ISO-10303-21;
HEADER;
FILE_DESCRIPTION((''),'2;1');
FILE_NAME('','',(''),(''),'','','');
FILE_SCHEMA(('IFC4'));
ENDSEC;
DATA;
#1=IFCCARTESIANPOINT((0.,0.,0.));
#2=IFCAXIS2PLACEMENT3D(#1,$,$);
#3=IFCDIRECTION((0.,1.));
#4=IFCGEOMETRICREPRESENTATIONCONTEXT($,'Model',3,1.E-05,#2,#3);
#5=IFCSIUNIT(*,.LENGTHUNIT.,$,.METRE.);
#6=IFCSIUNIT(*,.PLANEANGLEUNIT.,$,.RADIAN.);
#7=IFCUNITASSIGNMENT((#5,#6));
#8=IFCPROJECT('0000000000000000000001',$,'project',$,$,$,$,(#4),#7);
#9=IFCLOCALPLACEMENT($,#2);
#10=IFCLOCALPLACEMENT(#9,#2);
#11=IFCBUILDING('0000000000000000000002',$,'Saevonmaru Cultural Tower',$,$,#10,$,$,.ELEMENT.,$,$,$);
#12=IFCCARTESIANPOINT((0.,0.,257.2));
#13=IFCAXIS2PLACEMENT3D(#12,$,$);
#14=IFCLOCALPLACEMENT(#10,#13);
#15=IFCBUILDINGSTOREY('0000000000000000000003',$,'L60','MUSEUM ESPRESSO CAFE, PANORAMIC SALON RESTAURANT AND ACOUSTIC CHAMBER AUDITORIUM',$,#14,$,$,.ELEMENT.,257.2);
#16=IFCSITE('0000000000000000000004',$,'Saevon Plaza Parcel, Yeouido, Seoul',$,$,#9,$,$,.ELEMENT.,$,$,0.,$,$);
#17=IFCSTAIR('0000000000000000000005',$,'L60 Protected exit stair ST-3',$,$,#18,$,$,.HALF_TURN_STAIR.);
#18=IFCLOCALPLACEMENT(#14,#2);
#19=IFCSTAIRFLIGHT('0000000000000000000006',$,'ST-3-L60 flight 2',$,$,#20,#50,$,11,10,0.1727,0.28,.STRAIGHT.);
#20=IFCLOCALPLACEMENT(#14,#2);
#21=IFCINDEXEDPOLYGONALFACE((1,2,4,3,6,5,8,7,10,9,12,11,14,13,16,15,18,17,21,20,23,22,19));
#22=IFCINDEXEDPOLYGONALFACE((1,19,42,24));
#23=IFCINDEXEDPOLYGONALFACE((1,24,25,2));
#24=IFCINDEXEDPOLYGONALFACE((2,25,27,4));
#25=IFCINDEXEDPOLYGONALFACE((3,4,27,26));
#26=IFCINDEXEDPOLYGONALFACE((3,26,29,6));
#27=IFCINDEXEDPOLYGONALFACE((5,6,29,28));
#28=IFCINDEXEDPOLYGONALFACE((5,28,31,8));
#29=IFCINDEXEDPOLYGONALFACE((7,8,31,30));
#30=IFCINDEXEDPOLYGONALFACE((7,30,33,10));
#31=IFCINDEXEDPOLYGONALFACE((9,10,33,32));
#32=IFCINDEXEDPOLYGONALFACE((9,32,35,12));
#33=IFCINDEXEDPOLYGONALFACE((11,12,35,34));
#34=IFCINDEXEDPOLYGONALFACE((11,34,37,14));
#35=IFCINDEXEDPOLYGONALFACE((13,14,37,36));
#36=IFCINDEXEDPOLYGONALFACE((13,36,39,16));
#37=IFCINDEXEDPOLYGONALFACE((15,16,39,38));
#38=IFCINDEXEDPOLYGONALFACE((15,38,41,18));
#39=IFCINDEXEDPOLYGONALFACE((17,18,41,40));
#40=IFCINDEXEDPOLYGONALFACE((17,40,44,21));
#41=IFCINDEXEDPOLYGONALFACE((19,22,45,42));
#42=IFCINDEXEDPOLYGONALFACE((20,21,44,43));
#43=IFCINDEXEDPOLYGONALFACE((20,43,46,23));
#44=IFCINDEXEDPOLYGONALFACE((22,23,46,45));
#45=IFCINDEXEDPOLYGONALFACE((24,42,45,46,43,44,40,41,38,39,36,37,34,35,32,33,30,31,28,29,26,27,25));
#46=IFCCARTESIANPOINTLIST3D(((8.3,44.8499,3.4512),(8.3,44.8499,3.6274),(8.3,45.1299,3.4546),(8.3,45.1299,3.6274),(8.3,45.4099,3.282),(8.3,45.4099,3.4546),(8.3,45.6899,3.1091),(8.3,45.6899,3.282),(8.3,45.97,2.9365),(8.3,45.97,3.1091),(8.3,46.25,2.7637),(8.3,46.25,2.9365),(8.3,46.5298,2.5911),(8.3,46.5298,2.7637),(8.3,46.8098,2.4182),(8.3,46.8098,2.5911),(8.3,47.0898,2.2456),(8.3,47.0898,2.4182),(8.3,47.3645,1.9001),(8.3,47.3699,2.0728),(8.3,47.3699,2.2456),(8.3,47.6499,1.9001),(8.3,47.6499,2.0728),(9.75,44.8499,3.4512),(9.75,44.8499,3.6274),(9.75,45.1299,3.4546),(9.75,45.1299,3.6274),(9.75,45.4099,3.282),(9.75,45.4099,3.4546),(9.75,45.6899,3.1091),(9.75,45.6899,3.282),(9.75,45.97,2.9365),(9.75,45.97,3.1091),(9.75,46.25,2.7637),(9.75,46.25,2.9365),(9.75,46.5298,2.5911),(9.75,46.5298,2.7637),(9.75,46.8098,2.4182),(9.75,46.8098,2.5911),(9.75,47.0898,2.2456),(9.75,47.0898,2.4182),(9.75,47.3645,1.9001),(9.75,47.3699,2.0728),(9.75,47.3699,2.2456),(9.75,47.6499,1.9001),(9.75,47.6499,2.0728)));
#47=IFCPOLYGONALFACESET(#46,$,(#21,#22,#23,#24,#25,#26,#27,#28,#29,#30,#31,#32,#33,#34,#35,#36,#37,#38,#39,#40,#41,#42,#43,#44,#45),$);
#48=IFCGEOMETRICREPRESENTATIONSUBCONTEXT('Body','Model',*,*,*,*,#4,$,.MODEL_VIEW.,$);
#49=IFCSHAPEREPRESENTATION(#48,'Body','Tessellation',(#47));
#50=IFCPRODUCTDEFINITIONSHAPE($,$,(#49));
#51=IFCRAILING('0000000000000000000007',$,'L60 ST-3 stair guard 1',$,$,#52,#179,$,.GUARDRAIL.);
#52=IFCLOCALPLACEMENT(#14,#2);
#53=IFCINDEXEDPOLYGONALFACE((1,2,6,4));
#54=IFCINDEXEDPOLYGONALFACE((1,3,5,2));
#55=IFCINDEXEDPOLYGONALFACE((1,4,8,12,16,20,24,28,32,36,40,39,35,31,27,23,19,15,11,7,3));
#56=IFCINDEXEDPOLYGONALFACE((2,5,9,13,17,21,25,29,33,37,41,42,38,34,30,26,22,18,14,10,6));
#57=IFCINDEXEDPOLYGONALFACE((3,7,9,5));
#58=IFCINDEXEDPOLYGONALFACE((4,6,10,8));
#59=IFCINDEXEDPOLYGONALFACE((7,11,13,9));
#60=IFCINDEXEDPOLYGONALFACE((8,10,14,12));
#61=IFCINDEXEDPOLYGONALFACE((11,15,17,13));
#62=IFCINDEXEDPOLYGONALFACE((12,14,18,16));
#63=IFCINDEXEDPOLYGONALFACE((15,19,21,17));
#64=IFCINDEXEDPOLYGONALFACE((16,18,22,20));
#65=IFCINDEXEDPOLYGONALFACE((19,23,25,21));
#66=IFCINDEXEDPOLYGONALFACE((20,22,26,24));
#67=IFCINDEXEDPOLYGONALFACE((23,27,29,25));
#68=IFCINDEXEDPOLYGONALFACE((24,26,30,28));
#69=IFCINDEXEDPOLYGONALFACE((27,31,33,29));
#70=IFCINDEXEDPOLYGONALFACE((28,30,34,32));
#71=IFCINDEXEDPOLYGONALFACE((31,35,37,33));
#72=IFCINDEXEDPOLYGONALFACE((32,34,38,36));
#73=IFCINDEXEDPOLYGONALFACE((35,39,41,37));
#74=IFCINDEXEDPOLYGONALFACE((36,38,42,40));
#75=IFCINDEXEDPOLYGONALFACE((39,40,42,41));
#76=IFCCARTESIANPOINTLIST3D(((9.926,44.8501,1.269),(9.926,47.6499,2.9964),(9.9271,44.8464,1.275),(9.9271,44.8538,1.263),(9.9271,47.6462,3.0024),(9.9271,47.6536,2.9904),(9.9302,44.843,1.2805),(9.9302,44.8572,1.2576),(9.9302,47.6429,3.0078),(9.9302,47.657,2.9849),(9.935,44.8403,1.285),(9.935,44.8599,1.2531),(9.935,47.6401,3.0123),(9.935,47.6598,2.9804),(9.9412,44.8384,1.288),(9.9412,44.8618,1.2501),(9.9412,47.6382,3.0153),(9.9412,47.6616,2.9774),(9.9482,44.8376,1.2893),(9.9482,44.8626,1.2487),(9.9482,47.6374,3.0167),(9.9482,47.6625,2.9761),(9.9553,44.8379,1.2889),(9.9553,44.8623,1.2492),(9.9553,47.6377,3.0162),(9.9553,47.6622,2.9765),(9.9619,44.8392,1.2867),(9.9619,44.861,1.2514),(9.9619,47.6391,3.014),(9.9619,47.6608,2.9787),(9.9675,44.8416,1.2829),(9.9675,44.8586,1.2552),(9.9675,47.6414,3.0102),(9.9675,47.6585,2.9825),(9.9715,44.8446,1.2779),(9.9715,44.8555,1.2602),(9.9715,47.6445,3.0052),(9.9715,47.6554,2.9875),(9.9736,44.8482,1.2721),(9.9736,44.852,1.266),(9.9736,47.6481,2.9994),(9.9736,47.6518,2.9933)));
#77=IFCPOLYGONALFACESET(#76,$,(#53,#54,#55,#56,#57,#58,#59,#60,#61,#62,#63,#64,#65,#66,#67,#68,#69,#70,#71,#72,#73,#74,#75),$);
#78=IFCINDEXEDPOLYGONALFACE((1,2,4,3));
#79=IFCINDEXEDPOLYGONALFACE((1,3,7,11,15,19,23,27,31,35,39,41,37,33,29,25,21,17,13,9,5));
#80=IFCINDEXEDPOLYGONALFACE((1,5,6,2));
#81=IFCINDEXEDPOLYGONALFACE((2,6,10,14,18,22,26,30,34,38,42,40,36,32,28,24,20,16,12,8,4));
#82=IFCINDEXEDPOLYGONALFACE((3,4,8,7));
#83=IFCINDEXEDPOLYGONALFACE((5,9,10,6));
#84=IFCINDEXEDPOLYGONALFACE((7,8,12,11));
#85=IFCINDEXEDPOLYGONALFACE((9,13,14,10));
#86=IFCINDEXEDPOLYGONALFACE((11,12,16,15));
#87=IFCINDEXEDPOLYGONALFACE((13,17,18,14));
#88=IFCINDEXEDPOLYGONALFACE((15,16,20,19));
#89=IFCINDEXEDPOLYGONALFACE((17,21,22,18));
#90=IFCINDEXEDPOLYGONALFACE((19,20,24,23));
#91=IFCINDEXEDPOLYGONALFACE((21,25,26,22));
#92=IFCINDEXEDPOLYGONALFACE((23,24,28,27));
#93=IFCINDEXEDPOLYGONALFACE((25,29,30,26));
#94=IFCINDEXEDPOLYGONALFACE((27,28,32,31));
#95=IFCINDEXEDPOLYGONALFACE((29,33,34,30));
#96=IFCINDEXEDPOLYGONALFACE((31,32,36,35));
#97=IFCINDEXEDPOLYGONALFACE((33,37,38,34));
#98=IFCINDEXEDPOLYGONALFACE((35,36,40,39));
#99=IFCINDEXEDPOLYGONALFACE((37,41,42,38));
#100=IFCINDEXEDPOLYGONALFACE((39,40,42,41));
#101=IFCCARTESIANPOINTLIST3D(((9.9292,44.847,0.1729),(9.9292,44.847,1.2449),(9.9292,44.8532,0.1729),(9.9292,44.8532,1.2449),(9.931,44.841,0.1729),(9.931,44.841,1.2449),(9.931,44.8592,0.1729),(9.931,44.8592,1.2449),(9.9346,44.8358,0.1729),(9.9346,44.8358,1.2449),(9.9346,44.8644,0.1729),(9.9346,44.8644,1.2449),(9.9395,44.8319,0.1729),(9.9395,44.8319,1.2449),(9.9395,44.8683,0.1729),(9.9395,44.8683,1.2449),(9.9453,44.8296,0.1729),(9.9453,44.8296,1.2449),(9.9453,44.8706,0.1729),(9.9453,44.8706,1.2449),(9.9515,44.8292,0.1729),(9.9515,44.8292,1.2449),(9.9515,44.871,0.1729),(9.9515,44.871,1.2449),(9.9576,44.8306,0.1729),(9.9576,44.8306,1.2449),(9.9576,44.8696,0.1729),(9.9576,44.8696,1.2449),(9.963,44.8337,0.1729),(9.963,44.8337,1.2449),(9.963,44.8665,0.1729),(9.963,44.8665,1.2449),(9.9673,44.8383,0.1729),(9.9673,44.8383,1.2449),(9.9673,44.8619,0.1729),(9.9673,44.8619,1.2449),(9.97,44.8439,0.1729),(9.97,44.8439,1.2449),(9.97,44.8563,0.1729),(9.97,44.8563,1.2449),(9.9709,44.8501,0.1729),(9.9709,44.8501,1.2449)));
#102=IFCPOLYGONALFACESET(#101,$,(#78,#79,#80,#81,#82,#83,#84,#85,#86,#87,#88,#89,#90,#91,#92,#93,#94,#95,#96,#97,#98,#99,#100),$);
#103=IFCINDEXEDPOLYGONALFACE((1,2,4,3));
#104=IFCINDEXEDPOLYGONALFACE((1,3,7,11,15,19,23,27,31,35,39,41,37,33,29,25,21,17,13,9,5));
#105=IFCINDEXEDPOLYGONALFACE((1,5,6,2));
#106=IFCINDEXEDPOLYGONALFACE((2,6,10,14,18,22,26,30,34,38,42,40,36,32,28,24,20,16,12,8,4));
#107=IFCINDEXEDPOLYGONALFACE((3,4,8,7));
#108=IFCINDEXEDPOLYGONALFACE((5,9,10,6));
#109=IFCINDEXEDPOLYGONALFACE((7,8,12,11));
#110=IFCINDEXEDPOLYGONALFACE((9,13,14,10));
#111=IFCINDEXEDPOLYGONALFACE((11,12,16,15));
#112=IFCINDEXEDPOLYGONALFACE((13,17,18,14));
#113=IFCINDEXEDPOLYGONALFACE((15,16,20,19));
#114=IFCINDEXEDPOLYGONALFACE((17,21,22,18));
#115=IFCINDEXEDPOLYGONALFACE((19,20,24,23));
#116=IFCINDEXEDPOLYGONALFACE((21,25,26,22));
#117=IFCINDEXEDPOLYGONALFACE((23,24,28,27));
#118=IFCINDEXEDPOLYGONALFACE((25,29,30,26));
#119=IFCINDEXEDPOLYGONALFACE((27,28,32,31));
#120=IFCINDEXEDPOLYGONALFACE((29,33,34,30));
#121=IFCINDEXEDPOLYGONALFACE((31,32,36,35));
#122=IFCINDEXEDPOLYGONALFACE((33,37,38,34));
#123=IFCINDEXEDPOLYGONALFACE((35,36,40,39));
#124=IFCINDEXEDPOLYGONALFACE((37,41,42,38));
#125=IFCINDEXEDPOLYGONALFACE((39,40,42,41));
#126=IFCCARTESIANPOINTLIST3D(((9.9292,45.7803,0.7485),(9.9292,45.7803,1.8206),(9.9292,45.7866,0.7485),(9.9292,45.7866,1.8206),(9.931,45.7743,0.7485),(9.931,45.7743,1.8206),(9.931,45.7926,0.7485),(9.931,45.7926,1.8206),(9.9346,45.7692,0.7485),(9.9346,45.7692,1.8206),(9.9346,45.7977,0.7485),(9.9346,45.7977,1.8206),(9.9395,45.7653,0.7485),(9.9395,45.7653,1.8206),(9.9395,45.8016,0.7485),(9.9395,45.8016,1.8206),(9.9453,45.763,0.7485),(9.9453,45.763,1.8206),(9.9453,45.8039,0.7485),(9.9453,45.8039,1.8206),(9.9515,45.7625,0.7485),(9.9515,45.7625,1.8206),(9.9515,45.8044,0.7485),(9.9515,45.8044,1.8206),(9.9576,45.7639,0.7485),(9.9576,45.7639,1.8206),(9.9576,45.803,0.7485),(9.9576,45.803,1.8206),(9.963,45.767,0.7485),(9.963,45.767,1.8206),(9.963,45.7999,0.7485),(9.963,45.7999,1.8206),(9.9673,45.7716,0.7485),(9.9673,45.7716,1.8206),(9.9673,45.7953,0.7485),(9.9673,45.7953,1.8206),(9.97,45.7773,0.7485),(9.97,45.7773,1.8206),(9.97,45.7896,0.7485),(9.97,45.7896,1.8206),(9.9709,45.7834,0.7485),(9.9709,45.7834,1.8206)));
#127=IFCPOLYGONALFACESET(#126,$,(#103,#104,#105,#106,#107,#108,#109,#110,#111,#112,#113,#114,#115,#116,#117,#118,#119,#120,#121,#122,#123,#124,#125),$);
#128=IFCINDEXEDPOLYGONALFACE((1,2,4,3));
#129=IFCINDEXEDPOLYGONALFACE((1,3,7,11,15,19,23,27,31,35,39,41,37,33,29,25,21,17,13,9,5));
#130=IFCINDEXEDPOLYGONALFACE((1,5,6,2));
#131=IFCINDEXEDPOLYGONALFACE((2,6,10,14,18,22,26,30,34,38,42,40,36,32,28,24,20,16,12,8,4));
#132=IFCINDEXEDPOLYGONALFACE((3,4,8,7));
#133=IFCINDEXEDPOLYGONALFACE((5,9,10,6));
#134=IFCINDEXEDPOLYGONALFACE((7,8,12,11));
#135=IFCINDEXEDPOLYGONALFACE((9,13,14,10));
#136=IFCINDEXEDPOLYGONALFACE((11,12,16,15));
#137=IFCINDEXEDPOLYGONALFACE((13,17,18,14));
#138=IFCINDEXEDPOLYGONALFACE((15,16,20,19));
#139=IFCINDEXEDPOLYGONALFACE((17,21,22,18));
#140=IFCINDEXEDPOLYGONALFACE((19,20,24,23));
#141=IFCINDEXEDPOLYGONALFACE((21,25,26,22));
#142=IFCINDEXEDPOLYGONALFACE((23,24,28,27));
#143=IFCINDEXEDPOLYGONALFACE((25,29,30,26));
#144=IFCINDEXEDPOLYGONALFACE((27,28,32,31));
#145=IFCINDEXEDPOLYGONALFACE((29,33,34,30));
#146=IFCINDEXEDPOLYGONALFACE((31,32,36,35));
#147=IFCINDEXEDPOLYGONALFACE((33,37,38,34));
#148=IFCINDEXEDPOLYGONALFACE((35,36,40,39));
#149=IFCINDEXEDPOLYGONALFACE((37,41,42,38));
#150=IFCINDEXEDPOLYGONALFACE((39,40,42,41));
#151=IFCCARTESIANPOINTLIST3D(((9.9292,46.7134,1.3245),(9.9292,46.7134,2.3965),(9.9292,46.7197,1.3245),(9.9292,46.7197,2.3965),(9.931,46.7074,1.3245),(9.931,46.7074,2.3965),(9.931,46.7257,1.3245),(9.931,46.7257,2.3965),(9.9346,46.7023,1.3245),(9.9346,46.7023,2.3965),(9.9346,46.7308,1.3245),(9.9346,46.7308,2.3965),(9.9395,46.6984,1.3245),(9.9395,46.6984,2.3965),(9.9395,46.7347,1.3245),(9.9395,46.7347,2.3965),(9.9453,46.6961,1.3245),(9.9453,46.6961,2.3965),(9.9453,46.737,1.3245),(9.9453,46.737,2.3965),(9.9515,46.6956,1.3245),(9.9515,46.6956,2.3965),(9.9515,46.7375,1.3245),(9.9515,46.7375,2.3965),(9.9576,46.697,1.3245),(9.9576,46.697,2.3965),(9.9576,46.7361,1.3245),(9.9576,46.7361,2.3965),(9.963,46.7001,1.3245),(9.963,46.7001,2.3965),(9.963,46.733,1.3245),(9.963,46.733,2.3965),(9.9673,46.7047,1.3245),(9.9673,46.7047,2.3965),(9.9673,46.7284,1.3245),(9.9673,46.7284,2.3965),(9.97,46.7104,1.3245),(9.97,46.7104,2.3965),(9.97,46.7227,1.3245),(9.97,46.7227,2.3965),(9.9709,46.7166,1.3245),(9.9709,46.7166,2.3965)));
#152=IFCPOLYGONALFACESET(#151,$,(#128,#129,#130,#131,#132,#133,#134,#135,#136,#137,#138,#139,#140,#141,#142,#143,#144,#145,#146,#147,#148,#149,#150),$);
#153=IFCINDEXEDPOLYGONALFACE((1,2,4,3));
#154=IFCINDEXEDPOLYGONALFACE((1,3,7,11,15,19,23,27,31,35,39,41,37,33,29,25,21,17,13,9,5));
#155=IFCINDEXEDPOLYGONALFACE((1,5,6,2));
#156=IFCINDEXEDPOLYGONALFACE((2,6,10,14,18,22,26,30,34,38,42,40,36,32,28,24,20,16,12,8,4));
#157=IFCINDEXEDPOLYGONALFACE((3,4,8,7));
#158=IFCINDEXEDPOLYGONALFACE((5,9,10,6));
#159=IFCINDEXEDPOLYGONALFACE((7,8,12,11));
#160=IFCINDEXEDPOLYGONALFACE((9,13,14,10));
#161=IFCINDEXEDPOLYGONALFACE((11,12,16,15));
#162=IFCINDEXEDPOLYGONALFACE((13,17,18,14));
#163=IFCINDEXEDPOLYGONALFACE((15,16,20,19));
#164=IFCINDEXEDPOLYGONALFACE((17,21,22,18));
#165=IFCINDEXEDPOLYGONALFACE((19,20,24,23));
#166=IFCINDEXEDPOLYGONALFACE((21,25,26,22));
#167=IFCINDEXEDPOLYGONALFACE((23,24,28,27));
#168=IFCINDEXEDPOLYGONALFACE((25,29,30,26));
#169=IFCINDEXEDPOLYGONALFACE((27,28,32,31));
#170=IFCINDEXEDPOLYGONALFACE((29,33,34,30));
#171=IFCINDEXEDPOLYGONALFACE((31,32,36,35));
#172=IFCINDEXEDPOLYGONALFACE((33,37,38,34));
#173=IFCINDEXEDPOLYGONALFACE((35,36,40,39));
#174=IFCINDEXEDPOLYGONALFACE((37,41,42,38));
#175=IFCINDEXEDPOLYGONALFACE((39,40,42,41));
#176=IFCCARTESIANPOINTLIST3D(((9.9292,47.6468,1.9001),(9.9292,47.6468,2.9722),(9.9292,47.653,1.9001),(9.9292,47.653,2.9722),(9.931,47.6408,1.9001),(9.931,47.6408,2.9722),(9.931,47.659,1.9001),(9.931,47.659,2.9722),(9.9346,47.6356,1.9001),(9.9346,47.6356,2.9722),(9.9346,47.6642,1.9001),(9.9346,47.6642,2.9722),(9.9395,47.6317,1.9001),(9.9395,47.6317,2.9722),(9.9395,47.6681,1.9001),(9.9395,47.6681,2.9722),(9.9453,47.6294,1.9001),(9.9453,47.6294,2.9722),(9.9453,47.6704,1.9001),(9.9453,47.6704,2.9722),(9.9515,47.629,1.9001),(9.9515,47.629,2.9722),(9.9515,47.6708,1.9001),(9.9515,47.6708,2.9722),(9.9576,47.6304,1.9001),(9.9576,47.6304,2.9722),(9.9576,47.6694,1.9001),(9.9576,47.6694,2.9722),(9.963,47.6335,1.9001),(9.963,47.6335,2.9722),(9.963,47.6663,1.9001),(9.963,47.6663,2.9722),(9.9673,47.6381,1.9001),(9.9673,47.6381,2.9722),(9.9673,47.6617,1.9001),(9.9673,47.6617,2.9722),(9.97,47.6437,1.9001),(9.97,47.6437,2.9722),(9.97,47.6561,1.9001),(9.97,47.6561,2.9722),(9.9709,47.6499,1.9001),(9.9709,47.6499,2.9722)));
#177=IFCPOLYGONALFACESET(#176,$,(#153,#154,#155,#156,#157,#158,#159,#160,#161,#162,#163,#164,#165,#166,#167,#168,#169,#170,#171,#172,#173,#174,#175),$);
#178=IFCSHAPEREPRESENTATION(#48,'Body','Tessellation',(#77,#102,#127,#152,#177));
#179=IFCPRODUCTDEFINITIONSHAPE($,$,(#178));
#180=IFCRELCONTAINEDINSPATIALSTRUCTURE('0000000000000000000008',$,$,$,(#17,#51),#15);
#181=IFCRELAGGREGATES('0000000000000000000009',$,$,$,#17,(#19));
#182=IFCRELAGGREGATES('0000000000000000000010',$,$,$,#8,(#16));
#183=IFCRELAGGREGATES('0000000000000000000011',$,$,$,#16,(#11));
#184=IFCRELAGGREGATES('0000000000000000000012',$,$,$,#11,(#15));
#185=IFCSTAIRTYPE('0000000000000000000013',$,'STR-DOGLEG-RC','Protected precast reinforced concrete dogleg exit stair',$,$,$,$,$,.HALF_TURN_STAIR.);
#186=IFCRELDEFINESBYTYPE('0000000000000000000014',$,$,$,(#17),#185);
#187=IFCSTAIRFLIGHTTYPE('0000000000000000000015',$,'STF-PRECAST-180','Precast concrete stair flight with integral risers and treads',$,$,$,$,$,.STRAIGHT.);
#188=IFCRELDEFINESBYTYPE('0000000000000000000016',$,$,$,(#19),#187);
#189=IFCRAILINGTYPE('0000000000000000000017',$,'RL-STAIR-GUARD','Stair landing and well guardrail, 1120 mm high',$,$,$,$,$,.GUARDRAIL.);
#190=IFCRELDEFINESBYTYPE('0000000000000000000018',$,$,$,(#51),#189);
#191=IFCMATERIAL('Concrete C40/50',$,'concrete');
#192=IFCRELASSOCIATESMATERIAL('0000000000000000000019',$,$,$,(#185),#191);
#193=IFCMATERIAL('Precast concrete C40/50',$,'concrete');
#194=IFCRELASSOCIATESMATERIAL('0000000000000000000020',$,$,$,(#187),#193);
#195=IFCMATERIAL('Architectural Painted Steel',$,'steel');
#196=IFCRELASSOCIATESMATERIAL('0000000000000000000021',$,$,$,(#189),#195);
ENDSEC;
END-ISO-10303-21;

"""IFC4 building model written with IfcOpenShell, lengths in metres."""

from ifc_helpers import new_model, si_unit, direction, frame, origin, origin_2d, place, context, subcontext, project, spatial, polyline, circle, outline, extrude, material, type_object, element, aggregate, save


model = new_model("IFC4")

# Units and contexts
model_context = context("Model", 3, precision=1e-05, world=origin(), true_north=direction((0.0, 1.0)))
body_context = subcontext(model_context, "Body", "Model", "MODEL_VIEW")
ifc_project = project(units=[si_unit("LENGTHUNIT", "METRE"), si_unit("PLANEANGLEUNIT", "RADIAN")], contexts=[model_context])

# Site, building, storey
site_placement = place(None, origin())
site = spatial("IfcSite", under=ifc_project, at=site_placement, Name="Saevon Plaza Parcel, Yeouido, Seoul", CompositionType="ELEMENT", RefElevation=0.0)
building_placement = place(site_placement, origin())
building = spatial("IfcBuilding", under=site, at=building_placement, Name="Saevonmaru Cultural Tower", CompositionType="ELEMENT")
storey_placement = place(building_placement, frame((0.0, 0.0, 257.2)))
storey = spatial("IfcBuildingStorey", under=building, at=storey_placement, Name="L60", Description="MUSEUM ESPRESSO CAFE, PANORAMIC SALON RESTAURANT AND ACOUSTIC CHAMBER AUDITORIUM", CompositionType="ELEMENT", Elevation=257.2)

# Shared definitions
ifc_material_1 = material(Name="Concrete C40/50", Category="concrete")

# Stair, stair flight
stair_type = type_object("IfcStairType", Name="STR-DOGLEG-RC", Description="Protected precast reinforced concrete dogleg exit stair", PredefinedType="HALF_TURN_STAIR", material=ifc_material_1)
stair_placement = place(storey_placement, origin())
stair = element("IfcStair", 1, at=stair_placement, inside=storey, type_object=stair_type, Name="L60 Protected exit stair ST-3", PredefinedType="HALF_TURN_STAIR")
ifc_material_2 = material(Name="Precast concrete C40/50", Category="concrete")
stair_flight_type = type_object("IfcStairFlightType", Name="STF-PRECAST-180", Description="Precast concrete stair flight with integral risers and treads", PredefinedType="STRAIGHT", material=ifc_material_2)
stair_flight_1_placement = place(storey_placement, frame((9.0249, 47.6499, 1.9001), z_axis=(0.0, 0.0, 1.0), x_axis=(0.0, -1.0, 0.0)))
stair_flight_1 = element("IfcStairFlight", 2, at=stair_flight_1_placement, type_object=stair_flight_type, Name="ST-3-L60 flight 2", NumberOfRisers=11, NumberOfTreads=10, PredefinedType="STRAIGHT", RiserHeight=0.1727, TreadLength=0.28, context=body_context, shape_type="SweptSolid", body=[
    extrude(outline(polyline([(0.0, 0.0), (0.0, 0.1726), (0.28, 0.1726), (0.28, 0.3455), (0.5601, 0.3455), (0.5601, 0.5181), (0.8401, 0.5181), (0.8401, 0.6909), (1.1201, 0.6909), (1.1201, 0.8635), (1.3999, 0.8635), (1.3999, 1.0364), (1.6799, 1.0364), (1.6799, 1.209), (1.96, 1.209), (1.96, 1.3818), (2.24, 1.3818), (2.24, 1.5544), (2.52, 1.5544), (2.52, 1.7273), (2.8, 1.7273), (2.8, 1.8999), (2.8, 1.551), (0.2854, 0.0), (0.0, 0.0)])), frame((0.0, 0.7251, 0.0), z_axis=(0.0, -1.0, 0.0), x_axis=(1.0, 0.0, 0.0)), (0.0, 0.0, 1.0), 1.45),
])
aggregate(stair, [stair_flight_1])

# Railing
ifc_material_3 = material(Name="Architectural Painted Steel", Category="steel")
railing_type_1 = type_object("IfcRailingType", Name="RL-STAIR-GUARD", Description="Stair landing and well guardrail, 1120 mm high", PredefinedType="GUARDRAIL", material=ifc_material_3)
railing_1_placement = place(storey_placement, frame((9.95, 44.8501, 0.1729)))
element("IfcRailing", 3, at=railing_1_placement, inside=storey, type_object=railing_type_1, Name="L60 ST-3 stair guard 1", PredefinedType="GUARDRAIL", context=body_context, shape_type="SweptSolid", body=[
    extrude(circle(Radius=0.0239, at=origin_2d()), frame((0.0, 0.0, 1.0962), z_axis=(0.0, 0.851069, 0.525054), x_axis=(-1.0, 0.0, 0.0)), (0.0, 0.0, 1.0), 3.2898),
    extrude(circle(Radius=0.021, at=origin_2d()), origin(), (0.0, 0.0, 1.0), 1.072),
    extrude(circle(Radius=0.021, at=origin_2d()), frame((0.0, 0.9333, 0.5757)), (0.0, 0.0, 1.0), 1.072),
    extrude(circle(Radius=0.021, at=origin_2d()), frame((0.0, 1.8665, 1.1516)), (0.0, 0.0, 1.0), 1.072),
    extrude(circle(Radius=0.021, at=origin_2d()), frame((0.0, 2.7998, 1.7273)), (0.0, 0.0, 1.0), 1.072),
])

save(model, "model.ifc")
